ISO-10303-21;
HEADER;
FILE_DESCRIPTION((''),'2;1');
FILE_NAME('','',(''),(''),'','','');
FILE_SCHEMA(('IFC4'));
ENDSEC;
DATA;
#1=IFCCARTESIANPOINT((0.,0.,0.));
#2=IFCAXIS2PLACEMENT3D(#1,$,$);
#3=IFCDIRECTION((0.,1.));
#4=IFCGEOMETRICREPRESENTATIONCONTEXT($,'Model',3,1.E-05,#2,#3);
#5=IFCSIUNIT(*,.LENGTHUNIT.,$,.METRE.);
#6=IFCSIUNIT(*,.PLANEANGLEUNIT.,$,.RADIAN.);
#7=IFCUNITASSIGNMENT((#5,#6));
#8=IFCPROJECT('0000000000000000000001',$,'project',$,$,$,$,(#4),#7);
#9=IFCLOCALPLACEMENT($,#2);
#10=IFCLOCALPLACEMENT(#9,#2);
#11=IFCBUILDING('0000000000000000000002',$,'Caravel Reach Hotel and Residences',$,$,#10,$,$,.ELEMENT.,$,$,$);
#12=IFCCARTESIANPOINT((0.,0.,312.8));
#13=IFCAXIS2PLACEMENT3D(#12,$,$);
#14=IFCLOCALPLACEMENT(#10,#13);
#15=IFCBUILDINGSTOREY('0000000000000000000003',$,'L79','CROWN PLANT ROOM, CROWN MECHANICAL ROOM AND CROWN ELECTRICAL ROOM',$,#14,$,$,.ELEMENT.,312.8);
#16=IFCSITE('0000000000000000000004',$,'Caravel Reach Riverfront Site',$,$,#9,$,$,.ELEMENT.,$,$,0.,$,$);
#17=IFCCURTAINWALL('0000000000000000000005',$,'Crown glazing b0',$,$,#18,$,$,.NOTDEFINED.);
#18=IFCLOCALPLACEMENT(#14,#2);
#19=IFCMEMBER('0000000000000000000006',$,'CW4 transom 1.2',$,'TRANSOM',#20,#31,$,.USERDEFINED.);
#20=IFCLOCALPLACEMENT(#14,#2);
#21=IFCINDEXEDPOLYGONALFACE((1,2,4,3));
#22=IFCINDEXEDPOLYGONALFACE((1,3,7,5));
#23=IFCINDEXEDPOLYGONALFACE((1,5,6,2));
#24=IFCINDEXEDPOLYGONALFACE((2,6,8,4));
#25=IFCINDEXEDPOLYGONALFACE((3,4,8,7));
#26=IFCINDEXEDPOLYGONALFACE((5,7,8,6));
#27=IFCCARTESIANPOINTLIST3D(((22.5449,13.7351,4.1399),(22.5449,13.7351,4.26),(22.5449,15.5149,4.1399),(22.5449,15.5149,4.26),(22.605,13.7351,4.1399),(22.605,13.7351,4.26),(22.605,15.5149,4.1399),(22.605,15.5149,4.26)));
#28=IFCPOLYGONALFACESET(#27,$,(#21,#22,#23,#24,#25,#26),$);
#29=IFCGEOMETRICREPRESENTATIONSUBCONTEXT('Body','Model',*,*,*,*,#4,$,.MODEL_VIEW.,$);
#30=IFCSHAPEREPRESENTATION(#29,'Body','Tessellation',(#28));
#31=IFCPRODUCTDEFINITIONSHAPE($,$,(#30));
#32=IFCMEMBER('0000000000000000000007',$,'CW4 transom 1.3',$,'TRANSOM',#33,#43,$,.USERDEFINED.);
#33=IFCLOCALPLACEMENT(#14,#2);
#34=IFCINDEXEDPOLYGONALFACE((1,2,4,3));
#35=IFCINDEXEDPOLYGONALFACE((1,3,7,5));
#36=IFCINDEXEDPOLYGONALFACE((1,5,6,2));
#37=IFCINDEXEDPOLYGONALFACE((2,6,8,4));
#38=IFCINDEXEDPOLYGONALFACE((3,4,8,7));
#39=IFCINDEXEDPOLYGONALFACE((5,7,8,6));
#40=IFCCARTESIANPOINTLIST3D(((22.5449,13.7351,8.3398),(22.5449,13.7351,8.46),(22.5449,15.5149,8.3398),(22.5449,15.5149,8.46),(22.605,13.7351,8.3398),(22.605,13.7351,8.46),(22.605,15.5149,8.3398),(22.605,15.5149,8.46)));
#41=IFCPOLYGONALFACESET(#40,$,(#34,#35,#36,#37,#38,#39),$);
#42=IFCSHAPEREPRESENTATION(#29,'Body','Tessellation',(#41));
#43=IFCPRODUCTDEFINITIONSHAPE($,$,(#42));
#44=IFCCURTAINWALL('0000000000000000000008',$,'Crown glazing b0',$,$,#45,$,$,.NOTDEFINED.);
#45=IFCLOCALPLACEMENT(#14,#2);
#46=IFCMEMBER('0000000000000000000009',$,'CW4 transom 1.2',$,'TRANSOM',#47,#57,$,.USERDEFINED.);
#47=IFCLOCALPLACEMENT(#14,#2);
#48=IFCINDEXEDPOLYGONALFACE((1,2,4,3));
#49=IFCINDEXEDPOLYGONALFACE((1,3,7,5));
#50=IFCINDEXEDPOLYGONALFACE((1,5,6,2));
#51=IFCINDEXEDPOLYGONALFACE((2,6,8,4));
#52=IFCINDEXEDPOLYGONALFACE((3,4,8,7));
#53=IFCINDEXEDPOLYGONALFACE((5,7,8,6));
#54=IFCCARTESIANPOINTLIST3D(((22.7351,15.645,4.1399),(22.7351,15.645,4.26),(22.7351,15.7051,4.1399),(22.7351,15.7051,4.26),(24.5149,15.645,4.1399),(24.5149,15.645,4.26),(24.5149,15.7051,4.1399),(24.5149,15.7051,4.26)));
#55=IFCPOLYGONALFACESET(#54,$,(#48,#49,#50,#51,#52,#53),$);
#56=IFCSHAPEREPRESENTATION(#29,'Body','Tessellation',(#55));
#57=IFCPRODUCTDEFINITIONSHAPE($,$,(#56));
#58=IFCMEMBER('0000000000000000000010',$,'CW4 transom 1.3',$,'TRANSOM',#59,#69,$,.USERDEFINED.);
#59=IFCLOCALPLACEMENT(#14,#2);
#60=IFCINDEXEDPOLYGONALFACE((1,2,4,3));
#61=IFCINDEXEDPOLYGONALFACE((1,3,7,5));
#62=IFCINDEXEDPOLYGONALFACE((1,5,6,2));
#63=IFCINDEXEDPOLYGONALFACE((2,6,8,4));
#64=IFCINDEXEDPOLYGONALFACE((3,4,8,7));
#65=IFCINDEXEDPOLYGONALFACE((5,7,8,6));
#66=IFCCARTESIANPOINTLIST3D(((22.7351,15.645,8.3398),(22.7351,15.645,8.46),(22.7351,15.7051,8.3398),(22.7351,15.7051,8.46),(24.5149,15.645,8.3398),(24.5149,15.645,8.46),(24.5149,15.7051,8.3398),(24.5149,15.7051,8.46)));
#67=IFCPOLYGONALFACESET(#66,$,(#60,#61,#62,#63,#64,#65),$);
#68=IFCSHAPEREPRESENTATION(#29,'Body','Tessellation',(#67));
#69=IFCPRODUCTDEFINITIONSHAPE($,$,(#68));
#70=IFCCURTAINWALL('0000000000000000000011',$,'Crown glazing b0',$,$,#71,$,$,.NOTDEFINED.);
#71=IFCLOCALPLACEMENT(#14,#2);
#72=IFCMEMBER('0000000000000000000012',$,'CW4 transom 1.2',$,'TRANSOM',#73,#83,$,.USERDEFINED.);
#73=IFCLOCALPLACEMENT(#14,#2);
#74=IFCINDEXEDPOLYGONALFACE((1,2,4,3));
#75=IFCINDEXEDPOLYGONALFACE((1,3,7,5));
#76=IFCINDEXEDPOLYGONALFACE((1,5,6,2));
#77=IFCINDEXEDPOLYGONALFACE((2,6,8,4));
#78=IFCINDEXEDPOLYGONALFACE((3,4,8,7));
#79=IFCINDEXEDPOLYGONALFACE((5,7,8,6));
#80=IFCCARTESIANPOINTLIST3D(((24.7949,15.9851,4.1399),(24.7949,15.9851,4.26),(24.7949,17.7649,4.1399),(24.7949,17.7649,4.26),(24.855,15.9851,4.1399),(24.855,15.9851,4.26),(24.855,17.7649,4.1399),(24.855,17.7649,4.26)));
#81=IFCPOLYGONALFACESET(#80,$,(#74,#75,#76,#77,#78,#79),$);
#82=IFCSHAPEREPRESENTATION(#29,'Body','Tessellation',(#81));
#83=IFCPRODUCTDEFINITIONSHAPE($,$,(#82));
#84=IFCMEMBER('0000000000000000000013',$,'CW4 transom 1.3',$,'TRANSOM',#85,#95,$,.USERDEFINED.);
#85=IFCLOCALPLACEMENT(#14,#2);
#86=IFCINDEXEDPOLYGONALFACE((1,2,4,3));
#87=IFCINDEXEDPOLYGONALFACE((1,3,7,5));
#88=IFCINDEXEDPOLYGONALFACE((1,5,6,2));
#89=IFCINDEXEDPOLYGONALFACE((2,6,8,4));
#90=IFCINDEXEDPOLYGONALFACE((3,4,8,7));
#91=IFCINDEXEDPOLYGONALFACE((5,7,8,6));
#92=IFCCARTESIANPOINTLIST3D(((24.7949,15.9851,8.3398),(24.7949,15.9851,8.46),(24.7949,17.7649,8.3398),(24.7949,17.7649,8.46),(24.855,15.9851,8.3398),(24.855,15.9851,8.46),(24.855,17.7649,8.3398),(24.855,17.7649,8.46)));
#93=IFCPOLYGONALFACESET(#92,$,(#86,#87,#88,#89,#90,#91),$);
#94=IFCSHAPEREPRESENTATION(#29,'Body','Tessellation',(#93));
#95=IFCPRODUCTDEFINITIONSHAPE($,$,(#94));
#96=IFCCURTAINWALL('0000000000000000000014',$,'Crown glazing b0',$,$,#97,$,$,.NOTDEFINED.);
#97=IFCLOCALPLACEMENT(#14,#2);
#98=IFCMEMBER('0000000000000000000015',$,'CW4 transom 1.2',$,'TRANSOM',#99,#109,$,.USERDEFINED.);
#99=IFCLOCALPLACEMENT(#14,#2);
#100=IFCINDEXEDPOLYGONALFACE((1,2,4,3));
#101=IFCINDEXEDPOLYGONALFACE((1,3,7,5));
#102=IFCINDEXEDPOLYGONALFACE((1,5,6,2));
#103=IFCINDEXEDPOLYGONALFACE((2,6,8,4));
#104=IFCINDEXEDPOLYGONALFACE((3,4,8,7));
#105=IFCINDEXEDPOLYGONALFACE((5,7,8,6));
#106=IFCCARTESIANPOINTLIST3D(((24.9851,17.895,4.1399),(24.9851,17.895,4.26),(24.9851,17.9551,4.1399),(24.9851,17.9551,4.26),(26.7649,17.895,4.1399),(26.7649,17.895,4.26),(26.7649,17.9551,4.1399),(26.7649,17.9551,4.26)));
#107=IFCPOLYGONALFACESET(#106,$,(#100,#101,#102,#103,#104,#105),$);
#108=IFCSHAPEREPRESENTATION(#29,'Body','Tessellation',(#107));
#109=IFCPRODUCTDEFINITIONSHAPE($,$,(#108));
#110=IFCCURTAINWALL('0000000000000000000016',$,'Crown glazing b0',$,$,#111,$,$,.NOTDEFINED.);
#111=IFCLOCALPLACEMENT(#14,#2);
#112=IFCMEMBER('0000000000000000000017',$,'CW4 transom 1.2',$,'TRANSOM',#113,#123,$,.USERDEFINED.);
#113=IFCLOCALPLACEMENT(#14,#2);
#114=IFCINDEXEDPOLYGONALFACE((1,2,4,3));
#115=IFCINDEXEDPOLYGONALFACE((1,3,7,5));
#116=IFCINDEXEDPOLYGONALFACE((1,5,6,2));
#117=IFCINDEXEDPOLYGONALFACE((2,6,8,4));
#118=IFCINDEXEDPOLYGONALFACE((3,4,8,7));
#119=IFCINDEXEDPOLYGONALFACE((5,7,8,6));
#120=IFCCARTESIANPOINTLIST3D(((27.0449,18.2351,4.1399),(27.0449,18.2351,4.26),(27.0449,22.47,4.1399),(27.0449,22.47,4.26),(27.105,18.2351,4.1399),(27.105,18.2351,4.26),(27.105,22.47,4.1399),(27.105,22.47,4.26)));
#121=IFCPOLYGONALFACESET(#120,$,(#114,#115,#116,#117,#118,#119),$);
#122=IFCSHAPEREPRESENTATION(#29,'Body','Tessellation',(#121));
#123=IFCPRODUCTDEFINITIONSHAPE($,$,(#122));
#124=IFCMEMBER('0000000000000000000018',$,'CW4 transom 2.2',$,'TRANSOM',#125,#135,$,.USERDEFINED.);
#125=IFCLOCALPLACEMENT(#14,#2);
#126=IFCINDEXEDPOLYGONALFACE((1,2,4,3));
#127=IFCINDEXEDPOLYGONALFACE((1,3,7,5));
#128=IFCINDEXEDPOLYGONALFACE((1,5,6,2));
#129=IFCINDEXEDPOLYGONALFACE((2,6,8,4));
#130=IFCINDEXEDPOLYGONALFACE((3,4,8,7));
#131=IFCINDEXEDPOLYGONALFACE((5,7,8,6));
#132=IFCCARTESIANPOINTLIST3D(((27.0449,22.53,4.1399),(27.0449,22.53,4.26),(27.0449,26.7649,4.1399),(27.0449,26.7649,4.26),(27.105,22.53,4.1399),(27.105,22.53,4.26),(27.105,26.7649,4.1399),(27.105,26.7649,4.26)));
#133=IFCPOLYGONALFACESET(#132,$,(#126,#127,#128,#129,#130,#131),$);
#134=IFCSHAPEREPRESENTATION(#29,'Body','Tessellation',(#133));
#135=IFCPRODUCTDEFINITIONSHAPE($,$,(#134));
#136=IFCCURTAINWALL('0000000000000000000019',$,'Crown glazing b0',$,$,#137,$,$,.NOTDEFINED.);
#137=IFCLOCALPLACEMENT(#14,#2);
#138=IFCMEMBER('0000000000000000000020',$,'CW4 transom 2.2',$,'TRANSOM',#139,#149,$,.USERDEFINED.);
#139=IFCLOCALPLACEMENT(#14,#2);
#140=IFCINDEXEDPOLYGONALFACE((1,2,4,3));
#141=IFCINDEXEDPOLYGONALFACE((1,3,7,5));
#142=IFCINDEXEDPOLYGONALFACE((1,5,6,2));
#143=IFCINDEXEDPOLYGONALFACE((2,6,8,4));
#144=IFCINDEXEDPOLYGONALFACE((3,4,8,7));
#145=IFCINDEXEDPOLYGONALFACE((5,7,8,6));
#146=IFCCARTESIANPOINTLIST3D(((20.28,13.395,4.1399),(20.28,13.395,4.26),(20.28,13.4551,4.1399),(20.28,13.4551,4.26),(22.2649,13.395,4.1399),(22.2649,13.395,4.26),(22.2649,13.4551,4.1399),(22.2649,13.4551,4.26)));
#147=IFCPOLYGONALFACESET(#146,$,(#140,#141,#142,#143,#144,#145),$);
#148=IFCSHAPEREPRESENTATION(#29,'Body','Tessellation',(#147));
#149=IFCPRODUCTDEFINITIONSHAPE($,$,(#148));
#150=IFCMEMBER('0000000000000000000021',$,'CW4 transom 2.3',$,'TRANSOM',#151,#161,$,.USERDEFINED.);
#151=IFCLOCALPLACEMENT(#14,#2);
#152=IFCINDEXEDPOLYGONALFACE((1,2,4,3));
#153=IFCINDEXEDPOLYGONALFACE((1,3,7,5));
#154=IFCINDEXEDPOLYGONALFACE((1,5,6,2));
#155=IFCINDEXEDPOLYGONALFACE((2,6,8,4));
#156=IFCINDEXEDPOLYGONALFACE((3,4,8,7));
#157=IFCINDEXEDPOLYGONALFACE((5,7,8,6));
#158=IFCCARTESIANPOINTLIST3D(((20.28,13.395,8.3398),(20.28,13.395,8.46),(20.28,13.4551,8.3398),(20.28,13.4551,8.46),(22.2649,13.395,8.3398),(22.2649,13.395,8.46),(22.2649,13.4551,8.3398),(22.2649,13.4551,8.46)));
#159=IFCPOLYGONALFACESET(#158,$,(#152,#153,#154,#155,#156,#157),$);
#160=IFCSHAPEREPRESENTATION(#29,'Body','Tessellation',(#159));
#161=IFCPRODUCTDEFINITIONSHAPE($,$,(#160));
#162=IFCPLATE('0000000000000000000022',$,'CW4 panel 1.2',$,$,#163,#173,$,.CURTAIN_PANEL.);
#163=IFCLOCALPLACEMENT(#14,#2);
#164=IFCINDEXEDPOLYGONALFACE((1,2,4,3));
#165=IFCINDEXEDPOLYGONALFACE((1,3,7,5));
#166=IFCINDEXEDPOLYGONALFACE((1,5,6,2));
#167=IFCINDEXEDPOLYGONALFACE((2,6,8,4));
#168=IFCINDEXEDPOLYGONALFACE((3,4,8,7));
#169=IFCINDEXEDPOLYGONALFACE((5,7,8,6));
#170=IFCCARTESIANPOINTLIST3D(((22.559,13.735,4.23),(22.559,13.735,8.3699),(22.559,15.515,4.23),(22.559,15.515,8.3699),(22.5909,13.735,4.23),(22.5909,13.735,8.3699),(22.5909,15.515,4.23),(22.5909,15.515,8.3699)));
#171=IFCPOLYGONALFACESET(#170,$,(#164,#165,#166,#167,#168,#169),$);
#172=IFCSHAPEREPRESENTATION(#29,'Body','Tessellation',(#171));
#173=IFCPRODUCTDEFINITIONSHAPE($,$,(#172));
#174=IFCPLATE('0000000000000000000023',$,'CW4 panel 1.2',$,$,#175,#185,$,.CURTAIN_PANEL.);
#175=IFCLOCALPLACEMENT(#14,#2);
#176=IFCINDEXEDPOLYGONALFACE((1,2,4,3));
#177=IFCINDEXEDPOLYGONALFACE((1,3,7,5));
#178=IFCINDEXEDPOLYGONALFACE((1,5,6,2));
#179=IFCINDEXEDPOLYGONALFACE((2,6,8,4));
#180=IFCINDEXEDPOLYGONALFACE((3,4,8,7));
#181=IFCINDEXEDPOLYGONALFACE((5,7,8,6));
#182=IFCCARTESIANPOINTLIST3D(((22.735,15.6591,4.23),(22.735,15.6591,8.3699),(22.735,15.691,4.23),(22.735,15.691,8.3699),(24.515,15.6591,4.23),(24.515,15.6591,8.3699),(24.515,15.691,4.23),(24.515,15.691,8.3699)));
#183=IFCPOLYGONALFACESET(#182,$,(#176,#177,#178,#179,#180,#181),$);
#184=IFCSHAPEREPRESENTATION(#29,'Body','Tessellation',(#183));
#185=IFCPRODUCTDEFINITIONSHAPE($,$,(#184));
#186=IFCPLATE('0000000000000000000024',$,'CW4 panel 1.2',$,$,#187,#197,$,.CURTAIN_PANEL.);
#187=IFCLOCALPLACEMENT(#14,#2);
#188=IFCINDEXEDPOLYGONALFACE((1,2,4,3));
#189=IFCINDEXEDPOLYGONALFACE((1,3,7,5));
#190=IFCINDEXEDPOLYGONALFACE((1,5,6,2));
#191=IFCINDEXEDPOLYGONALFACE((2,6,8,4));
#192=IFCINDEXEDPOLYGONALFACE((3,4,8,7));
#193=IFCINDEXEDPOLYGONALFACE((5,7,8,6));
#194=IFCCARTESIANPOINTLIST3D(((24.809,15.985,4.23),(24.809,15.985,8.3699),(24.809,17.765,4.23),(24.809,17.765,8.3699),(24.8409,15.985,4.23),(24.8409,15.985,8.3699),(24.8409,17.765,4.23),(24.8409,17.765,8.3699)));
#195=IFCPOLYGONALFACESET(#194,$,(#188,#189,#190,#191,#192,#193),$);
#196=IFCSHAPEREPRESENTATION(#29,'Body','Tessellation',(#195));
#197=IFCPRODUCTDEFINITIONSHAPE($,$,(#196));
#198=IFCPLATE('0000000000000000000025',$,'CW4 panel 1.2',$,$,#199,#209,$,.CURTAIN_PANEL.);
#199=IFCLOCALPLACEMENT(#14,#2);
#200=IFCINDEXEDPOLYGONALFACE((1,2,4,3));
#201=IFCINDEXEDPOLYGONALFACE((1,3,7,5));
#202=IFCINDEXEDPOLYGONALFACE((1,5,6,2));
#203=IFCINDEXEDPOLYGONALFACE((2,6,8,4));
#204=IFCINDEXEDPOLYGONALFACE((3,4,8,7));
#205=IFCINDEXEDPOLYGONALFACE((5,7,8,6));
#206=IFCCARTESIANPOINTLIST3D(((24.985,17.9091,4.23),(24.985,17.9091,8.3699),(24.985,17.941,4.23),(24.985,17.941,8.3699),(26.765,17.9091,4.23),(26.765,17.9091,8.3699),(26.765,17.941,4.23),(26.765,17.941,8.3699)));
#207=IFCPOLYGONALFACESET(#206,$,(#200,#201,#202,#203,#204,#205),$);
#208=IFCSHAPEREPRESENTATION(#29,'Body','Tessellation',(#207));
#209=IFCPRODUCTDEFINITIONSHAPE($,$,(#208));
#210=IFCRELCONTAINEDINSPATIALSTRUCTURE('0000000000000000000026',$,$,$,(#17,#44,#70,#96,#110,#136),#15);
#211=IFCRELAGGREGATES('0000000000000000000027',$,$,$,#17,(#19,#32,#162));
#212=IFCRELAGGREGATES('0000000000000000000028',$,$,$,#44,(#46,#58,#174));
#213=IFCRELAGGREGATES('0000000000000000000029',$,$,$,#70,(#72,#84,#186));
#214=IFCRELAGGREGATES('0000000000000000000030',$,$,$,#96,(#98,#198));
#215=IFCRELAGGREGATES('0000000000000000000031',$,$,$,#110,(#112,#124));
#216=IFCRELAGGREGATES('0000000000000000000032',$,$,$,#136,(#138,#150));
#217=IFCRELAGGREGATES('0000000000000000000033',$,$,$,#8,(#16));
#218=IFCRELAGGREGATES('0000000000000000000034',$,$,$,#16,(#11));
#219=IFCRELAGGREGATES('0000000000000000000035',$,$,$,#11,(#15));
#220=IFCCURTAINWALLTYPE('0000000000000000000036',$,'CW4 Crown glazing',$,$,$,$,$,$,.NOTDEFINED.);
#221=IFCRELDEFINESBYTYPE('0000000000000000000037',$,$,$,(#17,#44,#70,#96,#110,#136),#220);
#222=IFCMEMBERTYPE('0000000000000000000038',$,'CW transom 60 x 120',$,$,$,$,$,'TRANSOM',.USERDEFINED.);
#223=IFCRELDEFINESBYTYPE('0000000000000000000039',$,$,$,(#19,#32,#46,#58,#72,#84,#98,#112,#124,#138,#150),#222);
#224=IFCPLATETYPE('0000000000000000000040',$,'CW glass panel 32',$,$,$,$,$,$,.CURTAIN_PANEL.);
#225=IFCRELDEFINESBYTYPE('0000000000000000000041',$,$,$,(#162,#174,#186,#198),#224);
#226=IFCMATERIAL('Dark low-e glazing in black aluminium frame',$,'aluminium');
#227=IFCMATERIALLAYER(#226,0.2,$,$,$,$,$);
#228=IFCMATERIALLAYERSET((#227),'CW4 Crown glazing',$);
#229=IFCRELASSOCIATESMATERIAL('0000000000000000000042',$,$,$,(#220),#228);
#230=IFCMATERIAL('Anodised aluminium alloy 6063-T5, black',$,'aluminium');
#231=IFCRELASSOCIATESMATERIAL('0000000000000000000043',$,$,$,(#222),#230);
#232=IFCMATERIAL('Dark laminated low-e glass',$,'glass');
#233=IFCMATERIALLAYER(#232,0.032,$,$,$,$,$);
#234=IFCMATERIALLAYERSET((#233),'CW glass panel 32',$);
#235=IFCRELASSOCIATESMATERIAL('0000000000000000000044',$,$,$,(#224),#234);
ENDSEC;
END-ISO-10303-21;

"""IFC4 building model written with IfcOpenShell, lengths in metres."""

from ifc_helpers import new_model, si_unit, direction, frame, origin, origin_2d, place, context, subcontext, project, spatial, rectangle, extrude, material, layer, layer_set, material_profile, profile_set, type_object, element, aggregate, save


model = new_model("IFC4")

# Units and contexts
model_context = context("Model", 3, precision=1e-05, world=origin(), true_north=direction((0.0, 1.0)))
body_context = subcontext(model_context, "Body", "Model", "MODEL_VIEW")
ifc_project = project(units=[si_unit("LENGTHUNIT", "METRE"), si_unit("PLANEANGLEUNIT", "RADIAN")], contexts=[model_context])

# Site, building, storey
site_placement = place(None, origin())
site = spatial("IfcSite", under=ifc_project, at=site_placement, Name="Caravel Reach Riverfront Site", CompositionType="ELEMENT", RefElevation=0.0)
building_placement = place(site_placement, origin())
building = spatial("IfcBuilding", under=site, at=building_placement, Name="Caravel Reach Hotel and Residences", CompositionType="ELEMENT")
storey_placement = place(building_placement, frame((0.0, 0.0, 312.8)))
storey = spatial("IfcBuildingStorey", under=building, at=storey_placement, Name="L79", Description="CROWN PLANT ROOM, CROWN MECHANICAL ROOM AND CROWN ELECTRICAL ROOM", CompositionType="ELEMENT", Elevation=312.8)

# Curtain walls, members
ifc_material_1 = material(Name="Dark low-e glazing in black aluminium frame", Category="aluminium")
ifc_layer_1 = layer(ifc_material_1, 0.2)
ifc_layer_set_1 = layer_set([ifc_layer_1], Name="CW4 Crown glazing")
curtain_wall_type = type_object("IfcCurtainWallType", Name="CW4 Crown glazing", PredefinedType="NOTDEFINED", material=ifc_layer_set_1)
curtain_wall_1_placement = place(storey_placement, origin())
curtain_wall_1 = element("IfcCurtainWall", 1, at=curtain_wall_1_placement, inside=storey, type_object=curtain_wall_type, Name="Crown glazing b0", PredefinedType="NOTDEFINED")
ifc_material_2 = material(Name="Anodised aluminium alloy 6063-T5, black", Category="aluminium")
ifc_material_profile = material_profile(ifc_material_2, rectangle(XDim=0.0601, YDim=0.1201, at=origin_2d()), Name="CW transom 60 x 120")
ifc_profile_set = profile_set([ifc_material_profile], Name="Anodised aluminium alloy 6063-T5, black")
member_type = type_object("IfcMemberType", Name="CW transom 60 x 120", ElementType="TRANSOM", PredefinedType="USERDEFINED", material=ifc_profile_set)
member_1_placement = place(storey_placement, frame((22.575, 13.7351, 4.2), z_axis=(0.0, 1.0, 0.0), x_axis=(-1.0, 0.0, 0.0)))
member_1 = element("IfcMember", 2, at=member_1_placement, type_object=member_type, Name="CW4 transom 1.2", ObjectType="TRANSOM", PredefinedType="USERDEFINED", context=body_context, shape_type="SweptSolid", body=[
    extrude(rectangle(XDim=0.0601, YDim=0.1201, at=origin_2d()), origin(), (0.0, 0.0, 1.0), 1.7798),
])
member_2_placement = place(storey_placement, frame((22.575, 13.7351, 8.3999), z_axis=(0.0, 1.0, 0.0), x_axis=(-1.0, 0.0, 0.0)))
member_2 = element("IfcMember", 3, at=member_2_placement, type_object=member_type, Name="CW4 transom 1.3", ObjectType="TRANSOM", PredefinedType="USERDEFINED", context=body_context, shape_type="SweptSolid", body=[
    extrude(rectangle(XDim=0.0601, YDim=0.1201, at=origin_2d()), origin(), (0.0, 0.0, 1.0), 1.7798),
])
curtain_wall_2_placement = place(storey_placement, origin())
curtain_wall_2 = element("IfcCurtainWall", 4, at=curtain_wall_2_placement, inside=storey, type_object=curtain_wall_type, Name="Crown glazing b0", PredefinedType="NOTDEFINED")
member_3_placement = place(storey_placement, frame((22.7351, 15.675, 4.2), z_axis=(1.0, 0.0, 0.0), x_axis=(0.0, 1.0, 0.0)))
member_3 = element("IfcMember", 5, at=member_3_placement, type_object=member_type, Name="CW4 transom 1.2", ObjectType="TRANSOM", PredefinedType="USERDEFINED", context=body_context, shape_type="SweptSolid", body=[
    extrude(rectangle(XDim=0.0601, YDim=0.1201, at=origin_2d()), origin(), (0.0, 0.0, 1.0), 1.7798),
])
member_4_placement = place(storey_placement, frame((22.7351, 15.675, 8.3999), z_axis=(1.0, 0.0, 0.0), x_axis=(0.0, 1.0, 0.0)))
member_4 = element("IfcMember", 6, at=member_4_placement, type_object=member_type, Name="CW4 transom 1.3", ObjectType="TRANSOM", PredefinedType="USERDEFINED", context=body_context, shape_type="SweptSolid", body=[
    extrude(rectangle(XDim=0.0601, YDim=0.1201, at=origin_2d()), origin(), (0.0, 0.0, 1.0), 1.7798),
])
curtain_wall_3_placement = place(storey_placement, origin())
curtain_wall_3 = element("IfcCurtainWall", 7, at=curtain_wall_3_placement, inside=storey, type_object=curtain_wall_type, Name="Crown glazing b0", PredefinedType="NOTDEFINED")
member_5_placement = place(storey_placement, frame((24.825, 15.9851, 4.2), z_axis=(0.0, 1.0, 0.0), x_axis=(-1.0, 0.0, 0.0)))
member_5 = element("IfcMember", 8, at=member_5_placement, type_object=member_type, Name="CW4 transom 1.2", ObjectType="TRANSOM", PredefinedType="USERDEFINED", context=body_context, shape_type="SweptSolid", body=[
    extrude(rectangle(XDim=0.0601, YDim=0.1201, at=origin_2d()), origin(), (0.0, 0.0, 1.0), 1.7798),
])
member_6_placement = place(storey_placement, frame((24.825, 15.9851, 8.3999), z_axis=(0.0, 1.0, 0.0), x_axis=(-1.0, 0.0, 0.0)))
member_6 = element("IfcMember", 9, at=member_6_placement, type_object=member_type, Name="CW4 transom 1.3", ObjectType="TRANSOM", PredefinedType="USERDEFINED", context=body_context, shape_type="SweptSolid", body=[
    extrude(rectangle(XDim=0.0601, YDim=0.1201, at=origin_2d()), origin(), (0.0, 0.0, 1.0), 1.7798),
])

# Curtain wall, member
curtain_wall_4_placement = place(storey_placement, origin())
curtain_wall_4 = element("IfcCurtainWall", 10, at=curtain_wall_4_placement, inside=storey, type_object=curtain_wall_type, Name="Crown glazing b0", PredefinedType="NOTDEFINED")
member_7_placement = place(storey_placement, frame((24.9851, 17.925, 4.2), z_axis=(1.0, 0.0, 0.0), x_axis=(0.0, 1.0, 0.0)))
member_7 = element("IfcMember", 11, at=member_7_placement, type_object=member_type, Name="CW4 transom 1.2", ObjectType="TRANSOM", PredefinedType="USERDEFINED", context=body_context, shape_type="SweptSolid", body=[
    extrude(rectangle(XDim=0.0601, YDim=0.1201, at=origin_2d()), origin(), (0.0, 0.0, 1.0), 1.7798),
])

# Curtain walls, members
curtain_wall_5_placement = place(storey_placement, origin())
curtain_wall_5 = element("IfcCurtainWall", 12, at=curtain_wall_5_placement, inside=storey, type_object=curtain_wall_type, Name="Crown glazing b0", PredefinedType="NOTDEFINED")
member_8_placement = place(storey_placement, frame((27.075, 18.2351, 4.2), z_axis=(0.0, 1.0, 0.0), x_axis=(-1.0, 0.0, 0.0)))
member_8 = element("IfcMember", 13, at=member_8_placement, type_object=member_type, Name="CW4 transom 1.2", ObjectType="TRANSOM", PredefinedType="USERDEFINED", context=body_context, shape_type="SweptSolid", body=[
    extrude(rectangle(XDim=0.0601, YDim=0.1201, at=origin_2d()), origin(), (0.0, 0.0, 1.0), 4.2349),
])
member_9_placement = place(storey_placement, frame((27.075, 22.53, 4.2), z_axis=(0.0, 1.0, 0.0), x_axis=(-1.0, 0.0, 0.0)))
member_9 = element("IfcMember", 14, at=member_9_placement, type_object=member_type, Name="CW4 transom 2.2", ObjectType="TRANSOM", PredefinedType="USERDEFINED", context=body_context, shape_type="SweptSolid", body=[
    extrude(rectangle(XDim=0.0601, YDim=0.1201, at=origin_2d()), origin(), (0.0, 0.0, 1.0), 4.2349),
])
curtain_wall_6_placement = place(storey_placement, origin())
curtain_wall_6 = element("IfcCurtainWall", 15, at=curtain_wall_6_placement, inside=storey, type_object=curtain_wall_type, Name="Crown glazing b0", PredefinedType="NOTDEFINED")
member_10_placement = place(storey_placement, frame((20.28, 13.425, 4.2), z_axis=(1.0, 0.0, 0.0), x_axis=(0.0, 1.0, 0.0)))
member_10 = element("IfcMember", 16, at=member_10_placement, type_object=member_type, Name="CW4 transom 2.2", ObjectType="TRANSOM", PredefinedType="USERDEFINED", context=body_context, shape_type="SweptSolid", body=[
    extrude(rectangle(XDim=0.0601, YDim=0.1201, at=origin_2d()), origin(), (0.0, 0.0, 1.0), 1.9849),
])
member_11_placement = place(storey_placement, frame((20.28, 13.425, 8.3999), z_axis=(1.0, 0.0, 0.0), x_axis=(0.0, 1.0, 0.0)))
member_11 = element("IfcMember", 17, at=member_11_placement, type_object=member_type, Name="CW4 transom 2.3", ObjectType="TRANSOM", PredefinedType="USERDEFINED", context=body_context, shape_type="SweptSolid", body=[
    extrude(rectangle(XDim=0.0601, YDim=0.1201, at=origin_2d()), origin(), (0.0, 0.0, 1.0), 1.9849),
])

# Plates
ifc_material_3 = material(Name="Dark laminated low-e glass", Category="glass")
ifc_layer_2 = layer(ifc_material_3, 0.032)
ifc_layer_set_2 = layer_set([ifc_layer_2], Name="CW glass panel 32")
plate_type = type_object("IfcPlateType", Name="CW glass panel 32", PredefinedType="CURTAIN_PANEL", material=ifc_layer_set_2)
plate_1_placement = place(storey_placement, frame((22.575, 14.625, 4.23), z_axis=(0.0, 0.0, 1.0), x_axis=(0.0, 1.0, 0.0)))
plate_1 = element("IfcPlate", 18, at=plate_1_placement, type_object=plate_type, Name="CW4 panel 1.2", PredefinedType="CURTAIN_PANEL", context=body_context, shape_type="SweptSolid", body=[
    extrude(rectangle(XDim=1.78, YDim=0.032, at=origin_2d()), origin(), (0.0, 0.0, 1.0), 4.1399),
])
aggregate(curtain_wall_1, [member_1, member_2, plate_1])
plate_2_placement = place(storey_placement, frame((23.625, 15.675, 4.23), z_axis=(0.0, 0.0, 1.0), x_axis=(1.0, 0.0, 0.0)))
plate_2 = element("IfcPlate", 19, at=plate_2_placement, type_object=plate_type, Name="CW4 panel 1.2", PredefinedType="CURTAIN_PANEL", context=body_context, shape_type="SweptSolid", body=[
    extrude(rectangle(XDim=1.78, YDim=0.032, at=origin_2d()), origin(), (0.0, 0.0, 1.0), 4.1399),
])
aggregate(curtain_wall_2, [member_3, member_4, plate_2])
plate_3_placement = place(storey_placement, frame((24.825, 16.875, 4.23), z_axis=(0.0, 0.0, 1.0), x_axis=(0.0, 1.0, 0.0)))
plate_3 = element("IfcPlate", 20, at=plate_3_placement, type_object=plate_type, Name="CW4 panel 1.2", PredefinedType="CURTAIN_PANEL", context=body_context, shape_type="SweptSolid", body=[
    extrude(rectangle(XDim=1.78, YDim=0.032, at=origin_2d()), origin(), (0.0, 0.0, 1.0), 4.1399),
])
aggregate(curtain_wall_3, [member_5, member_6, plate_3])
plate_4_placement = place(storey_placement, frame((25.875, 17.925, 4.23), z_axis=(0.0, 0.0, 1.0), x_axis=(1.0, 0.0, 0.0)))
plate_4 = element("IfcPlate", 21, at=plate_4_placement, type_object=plate_type, Name="CW4 panel 1.2", PredefinedType="CURTAIN_PANEL", context=body_context, shape_type="SweptSolid", body=[
    extrude(rectangle(XDim=1.78, YDim=0.032, at=origin_2d()), origin(), (0.0, 0.0, 1.0), 4.1399),
])
aggregate(curtain_wall_4, [member_7, plate_4])
aggregate(curtain_wall_5, [member_8, member_9])
aggregate(curtain_wall_6, [member_10, member_11])

save(model, "model.ifc")
